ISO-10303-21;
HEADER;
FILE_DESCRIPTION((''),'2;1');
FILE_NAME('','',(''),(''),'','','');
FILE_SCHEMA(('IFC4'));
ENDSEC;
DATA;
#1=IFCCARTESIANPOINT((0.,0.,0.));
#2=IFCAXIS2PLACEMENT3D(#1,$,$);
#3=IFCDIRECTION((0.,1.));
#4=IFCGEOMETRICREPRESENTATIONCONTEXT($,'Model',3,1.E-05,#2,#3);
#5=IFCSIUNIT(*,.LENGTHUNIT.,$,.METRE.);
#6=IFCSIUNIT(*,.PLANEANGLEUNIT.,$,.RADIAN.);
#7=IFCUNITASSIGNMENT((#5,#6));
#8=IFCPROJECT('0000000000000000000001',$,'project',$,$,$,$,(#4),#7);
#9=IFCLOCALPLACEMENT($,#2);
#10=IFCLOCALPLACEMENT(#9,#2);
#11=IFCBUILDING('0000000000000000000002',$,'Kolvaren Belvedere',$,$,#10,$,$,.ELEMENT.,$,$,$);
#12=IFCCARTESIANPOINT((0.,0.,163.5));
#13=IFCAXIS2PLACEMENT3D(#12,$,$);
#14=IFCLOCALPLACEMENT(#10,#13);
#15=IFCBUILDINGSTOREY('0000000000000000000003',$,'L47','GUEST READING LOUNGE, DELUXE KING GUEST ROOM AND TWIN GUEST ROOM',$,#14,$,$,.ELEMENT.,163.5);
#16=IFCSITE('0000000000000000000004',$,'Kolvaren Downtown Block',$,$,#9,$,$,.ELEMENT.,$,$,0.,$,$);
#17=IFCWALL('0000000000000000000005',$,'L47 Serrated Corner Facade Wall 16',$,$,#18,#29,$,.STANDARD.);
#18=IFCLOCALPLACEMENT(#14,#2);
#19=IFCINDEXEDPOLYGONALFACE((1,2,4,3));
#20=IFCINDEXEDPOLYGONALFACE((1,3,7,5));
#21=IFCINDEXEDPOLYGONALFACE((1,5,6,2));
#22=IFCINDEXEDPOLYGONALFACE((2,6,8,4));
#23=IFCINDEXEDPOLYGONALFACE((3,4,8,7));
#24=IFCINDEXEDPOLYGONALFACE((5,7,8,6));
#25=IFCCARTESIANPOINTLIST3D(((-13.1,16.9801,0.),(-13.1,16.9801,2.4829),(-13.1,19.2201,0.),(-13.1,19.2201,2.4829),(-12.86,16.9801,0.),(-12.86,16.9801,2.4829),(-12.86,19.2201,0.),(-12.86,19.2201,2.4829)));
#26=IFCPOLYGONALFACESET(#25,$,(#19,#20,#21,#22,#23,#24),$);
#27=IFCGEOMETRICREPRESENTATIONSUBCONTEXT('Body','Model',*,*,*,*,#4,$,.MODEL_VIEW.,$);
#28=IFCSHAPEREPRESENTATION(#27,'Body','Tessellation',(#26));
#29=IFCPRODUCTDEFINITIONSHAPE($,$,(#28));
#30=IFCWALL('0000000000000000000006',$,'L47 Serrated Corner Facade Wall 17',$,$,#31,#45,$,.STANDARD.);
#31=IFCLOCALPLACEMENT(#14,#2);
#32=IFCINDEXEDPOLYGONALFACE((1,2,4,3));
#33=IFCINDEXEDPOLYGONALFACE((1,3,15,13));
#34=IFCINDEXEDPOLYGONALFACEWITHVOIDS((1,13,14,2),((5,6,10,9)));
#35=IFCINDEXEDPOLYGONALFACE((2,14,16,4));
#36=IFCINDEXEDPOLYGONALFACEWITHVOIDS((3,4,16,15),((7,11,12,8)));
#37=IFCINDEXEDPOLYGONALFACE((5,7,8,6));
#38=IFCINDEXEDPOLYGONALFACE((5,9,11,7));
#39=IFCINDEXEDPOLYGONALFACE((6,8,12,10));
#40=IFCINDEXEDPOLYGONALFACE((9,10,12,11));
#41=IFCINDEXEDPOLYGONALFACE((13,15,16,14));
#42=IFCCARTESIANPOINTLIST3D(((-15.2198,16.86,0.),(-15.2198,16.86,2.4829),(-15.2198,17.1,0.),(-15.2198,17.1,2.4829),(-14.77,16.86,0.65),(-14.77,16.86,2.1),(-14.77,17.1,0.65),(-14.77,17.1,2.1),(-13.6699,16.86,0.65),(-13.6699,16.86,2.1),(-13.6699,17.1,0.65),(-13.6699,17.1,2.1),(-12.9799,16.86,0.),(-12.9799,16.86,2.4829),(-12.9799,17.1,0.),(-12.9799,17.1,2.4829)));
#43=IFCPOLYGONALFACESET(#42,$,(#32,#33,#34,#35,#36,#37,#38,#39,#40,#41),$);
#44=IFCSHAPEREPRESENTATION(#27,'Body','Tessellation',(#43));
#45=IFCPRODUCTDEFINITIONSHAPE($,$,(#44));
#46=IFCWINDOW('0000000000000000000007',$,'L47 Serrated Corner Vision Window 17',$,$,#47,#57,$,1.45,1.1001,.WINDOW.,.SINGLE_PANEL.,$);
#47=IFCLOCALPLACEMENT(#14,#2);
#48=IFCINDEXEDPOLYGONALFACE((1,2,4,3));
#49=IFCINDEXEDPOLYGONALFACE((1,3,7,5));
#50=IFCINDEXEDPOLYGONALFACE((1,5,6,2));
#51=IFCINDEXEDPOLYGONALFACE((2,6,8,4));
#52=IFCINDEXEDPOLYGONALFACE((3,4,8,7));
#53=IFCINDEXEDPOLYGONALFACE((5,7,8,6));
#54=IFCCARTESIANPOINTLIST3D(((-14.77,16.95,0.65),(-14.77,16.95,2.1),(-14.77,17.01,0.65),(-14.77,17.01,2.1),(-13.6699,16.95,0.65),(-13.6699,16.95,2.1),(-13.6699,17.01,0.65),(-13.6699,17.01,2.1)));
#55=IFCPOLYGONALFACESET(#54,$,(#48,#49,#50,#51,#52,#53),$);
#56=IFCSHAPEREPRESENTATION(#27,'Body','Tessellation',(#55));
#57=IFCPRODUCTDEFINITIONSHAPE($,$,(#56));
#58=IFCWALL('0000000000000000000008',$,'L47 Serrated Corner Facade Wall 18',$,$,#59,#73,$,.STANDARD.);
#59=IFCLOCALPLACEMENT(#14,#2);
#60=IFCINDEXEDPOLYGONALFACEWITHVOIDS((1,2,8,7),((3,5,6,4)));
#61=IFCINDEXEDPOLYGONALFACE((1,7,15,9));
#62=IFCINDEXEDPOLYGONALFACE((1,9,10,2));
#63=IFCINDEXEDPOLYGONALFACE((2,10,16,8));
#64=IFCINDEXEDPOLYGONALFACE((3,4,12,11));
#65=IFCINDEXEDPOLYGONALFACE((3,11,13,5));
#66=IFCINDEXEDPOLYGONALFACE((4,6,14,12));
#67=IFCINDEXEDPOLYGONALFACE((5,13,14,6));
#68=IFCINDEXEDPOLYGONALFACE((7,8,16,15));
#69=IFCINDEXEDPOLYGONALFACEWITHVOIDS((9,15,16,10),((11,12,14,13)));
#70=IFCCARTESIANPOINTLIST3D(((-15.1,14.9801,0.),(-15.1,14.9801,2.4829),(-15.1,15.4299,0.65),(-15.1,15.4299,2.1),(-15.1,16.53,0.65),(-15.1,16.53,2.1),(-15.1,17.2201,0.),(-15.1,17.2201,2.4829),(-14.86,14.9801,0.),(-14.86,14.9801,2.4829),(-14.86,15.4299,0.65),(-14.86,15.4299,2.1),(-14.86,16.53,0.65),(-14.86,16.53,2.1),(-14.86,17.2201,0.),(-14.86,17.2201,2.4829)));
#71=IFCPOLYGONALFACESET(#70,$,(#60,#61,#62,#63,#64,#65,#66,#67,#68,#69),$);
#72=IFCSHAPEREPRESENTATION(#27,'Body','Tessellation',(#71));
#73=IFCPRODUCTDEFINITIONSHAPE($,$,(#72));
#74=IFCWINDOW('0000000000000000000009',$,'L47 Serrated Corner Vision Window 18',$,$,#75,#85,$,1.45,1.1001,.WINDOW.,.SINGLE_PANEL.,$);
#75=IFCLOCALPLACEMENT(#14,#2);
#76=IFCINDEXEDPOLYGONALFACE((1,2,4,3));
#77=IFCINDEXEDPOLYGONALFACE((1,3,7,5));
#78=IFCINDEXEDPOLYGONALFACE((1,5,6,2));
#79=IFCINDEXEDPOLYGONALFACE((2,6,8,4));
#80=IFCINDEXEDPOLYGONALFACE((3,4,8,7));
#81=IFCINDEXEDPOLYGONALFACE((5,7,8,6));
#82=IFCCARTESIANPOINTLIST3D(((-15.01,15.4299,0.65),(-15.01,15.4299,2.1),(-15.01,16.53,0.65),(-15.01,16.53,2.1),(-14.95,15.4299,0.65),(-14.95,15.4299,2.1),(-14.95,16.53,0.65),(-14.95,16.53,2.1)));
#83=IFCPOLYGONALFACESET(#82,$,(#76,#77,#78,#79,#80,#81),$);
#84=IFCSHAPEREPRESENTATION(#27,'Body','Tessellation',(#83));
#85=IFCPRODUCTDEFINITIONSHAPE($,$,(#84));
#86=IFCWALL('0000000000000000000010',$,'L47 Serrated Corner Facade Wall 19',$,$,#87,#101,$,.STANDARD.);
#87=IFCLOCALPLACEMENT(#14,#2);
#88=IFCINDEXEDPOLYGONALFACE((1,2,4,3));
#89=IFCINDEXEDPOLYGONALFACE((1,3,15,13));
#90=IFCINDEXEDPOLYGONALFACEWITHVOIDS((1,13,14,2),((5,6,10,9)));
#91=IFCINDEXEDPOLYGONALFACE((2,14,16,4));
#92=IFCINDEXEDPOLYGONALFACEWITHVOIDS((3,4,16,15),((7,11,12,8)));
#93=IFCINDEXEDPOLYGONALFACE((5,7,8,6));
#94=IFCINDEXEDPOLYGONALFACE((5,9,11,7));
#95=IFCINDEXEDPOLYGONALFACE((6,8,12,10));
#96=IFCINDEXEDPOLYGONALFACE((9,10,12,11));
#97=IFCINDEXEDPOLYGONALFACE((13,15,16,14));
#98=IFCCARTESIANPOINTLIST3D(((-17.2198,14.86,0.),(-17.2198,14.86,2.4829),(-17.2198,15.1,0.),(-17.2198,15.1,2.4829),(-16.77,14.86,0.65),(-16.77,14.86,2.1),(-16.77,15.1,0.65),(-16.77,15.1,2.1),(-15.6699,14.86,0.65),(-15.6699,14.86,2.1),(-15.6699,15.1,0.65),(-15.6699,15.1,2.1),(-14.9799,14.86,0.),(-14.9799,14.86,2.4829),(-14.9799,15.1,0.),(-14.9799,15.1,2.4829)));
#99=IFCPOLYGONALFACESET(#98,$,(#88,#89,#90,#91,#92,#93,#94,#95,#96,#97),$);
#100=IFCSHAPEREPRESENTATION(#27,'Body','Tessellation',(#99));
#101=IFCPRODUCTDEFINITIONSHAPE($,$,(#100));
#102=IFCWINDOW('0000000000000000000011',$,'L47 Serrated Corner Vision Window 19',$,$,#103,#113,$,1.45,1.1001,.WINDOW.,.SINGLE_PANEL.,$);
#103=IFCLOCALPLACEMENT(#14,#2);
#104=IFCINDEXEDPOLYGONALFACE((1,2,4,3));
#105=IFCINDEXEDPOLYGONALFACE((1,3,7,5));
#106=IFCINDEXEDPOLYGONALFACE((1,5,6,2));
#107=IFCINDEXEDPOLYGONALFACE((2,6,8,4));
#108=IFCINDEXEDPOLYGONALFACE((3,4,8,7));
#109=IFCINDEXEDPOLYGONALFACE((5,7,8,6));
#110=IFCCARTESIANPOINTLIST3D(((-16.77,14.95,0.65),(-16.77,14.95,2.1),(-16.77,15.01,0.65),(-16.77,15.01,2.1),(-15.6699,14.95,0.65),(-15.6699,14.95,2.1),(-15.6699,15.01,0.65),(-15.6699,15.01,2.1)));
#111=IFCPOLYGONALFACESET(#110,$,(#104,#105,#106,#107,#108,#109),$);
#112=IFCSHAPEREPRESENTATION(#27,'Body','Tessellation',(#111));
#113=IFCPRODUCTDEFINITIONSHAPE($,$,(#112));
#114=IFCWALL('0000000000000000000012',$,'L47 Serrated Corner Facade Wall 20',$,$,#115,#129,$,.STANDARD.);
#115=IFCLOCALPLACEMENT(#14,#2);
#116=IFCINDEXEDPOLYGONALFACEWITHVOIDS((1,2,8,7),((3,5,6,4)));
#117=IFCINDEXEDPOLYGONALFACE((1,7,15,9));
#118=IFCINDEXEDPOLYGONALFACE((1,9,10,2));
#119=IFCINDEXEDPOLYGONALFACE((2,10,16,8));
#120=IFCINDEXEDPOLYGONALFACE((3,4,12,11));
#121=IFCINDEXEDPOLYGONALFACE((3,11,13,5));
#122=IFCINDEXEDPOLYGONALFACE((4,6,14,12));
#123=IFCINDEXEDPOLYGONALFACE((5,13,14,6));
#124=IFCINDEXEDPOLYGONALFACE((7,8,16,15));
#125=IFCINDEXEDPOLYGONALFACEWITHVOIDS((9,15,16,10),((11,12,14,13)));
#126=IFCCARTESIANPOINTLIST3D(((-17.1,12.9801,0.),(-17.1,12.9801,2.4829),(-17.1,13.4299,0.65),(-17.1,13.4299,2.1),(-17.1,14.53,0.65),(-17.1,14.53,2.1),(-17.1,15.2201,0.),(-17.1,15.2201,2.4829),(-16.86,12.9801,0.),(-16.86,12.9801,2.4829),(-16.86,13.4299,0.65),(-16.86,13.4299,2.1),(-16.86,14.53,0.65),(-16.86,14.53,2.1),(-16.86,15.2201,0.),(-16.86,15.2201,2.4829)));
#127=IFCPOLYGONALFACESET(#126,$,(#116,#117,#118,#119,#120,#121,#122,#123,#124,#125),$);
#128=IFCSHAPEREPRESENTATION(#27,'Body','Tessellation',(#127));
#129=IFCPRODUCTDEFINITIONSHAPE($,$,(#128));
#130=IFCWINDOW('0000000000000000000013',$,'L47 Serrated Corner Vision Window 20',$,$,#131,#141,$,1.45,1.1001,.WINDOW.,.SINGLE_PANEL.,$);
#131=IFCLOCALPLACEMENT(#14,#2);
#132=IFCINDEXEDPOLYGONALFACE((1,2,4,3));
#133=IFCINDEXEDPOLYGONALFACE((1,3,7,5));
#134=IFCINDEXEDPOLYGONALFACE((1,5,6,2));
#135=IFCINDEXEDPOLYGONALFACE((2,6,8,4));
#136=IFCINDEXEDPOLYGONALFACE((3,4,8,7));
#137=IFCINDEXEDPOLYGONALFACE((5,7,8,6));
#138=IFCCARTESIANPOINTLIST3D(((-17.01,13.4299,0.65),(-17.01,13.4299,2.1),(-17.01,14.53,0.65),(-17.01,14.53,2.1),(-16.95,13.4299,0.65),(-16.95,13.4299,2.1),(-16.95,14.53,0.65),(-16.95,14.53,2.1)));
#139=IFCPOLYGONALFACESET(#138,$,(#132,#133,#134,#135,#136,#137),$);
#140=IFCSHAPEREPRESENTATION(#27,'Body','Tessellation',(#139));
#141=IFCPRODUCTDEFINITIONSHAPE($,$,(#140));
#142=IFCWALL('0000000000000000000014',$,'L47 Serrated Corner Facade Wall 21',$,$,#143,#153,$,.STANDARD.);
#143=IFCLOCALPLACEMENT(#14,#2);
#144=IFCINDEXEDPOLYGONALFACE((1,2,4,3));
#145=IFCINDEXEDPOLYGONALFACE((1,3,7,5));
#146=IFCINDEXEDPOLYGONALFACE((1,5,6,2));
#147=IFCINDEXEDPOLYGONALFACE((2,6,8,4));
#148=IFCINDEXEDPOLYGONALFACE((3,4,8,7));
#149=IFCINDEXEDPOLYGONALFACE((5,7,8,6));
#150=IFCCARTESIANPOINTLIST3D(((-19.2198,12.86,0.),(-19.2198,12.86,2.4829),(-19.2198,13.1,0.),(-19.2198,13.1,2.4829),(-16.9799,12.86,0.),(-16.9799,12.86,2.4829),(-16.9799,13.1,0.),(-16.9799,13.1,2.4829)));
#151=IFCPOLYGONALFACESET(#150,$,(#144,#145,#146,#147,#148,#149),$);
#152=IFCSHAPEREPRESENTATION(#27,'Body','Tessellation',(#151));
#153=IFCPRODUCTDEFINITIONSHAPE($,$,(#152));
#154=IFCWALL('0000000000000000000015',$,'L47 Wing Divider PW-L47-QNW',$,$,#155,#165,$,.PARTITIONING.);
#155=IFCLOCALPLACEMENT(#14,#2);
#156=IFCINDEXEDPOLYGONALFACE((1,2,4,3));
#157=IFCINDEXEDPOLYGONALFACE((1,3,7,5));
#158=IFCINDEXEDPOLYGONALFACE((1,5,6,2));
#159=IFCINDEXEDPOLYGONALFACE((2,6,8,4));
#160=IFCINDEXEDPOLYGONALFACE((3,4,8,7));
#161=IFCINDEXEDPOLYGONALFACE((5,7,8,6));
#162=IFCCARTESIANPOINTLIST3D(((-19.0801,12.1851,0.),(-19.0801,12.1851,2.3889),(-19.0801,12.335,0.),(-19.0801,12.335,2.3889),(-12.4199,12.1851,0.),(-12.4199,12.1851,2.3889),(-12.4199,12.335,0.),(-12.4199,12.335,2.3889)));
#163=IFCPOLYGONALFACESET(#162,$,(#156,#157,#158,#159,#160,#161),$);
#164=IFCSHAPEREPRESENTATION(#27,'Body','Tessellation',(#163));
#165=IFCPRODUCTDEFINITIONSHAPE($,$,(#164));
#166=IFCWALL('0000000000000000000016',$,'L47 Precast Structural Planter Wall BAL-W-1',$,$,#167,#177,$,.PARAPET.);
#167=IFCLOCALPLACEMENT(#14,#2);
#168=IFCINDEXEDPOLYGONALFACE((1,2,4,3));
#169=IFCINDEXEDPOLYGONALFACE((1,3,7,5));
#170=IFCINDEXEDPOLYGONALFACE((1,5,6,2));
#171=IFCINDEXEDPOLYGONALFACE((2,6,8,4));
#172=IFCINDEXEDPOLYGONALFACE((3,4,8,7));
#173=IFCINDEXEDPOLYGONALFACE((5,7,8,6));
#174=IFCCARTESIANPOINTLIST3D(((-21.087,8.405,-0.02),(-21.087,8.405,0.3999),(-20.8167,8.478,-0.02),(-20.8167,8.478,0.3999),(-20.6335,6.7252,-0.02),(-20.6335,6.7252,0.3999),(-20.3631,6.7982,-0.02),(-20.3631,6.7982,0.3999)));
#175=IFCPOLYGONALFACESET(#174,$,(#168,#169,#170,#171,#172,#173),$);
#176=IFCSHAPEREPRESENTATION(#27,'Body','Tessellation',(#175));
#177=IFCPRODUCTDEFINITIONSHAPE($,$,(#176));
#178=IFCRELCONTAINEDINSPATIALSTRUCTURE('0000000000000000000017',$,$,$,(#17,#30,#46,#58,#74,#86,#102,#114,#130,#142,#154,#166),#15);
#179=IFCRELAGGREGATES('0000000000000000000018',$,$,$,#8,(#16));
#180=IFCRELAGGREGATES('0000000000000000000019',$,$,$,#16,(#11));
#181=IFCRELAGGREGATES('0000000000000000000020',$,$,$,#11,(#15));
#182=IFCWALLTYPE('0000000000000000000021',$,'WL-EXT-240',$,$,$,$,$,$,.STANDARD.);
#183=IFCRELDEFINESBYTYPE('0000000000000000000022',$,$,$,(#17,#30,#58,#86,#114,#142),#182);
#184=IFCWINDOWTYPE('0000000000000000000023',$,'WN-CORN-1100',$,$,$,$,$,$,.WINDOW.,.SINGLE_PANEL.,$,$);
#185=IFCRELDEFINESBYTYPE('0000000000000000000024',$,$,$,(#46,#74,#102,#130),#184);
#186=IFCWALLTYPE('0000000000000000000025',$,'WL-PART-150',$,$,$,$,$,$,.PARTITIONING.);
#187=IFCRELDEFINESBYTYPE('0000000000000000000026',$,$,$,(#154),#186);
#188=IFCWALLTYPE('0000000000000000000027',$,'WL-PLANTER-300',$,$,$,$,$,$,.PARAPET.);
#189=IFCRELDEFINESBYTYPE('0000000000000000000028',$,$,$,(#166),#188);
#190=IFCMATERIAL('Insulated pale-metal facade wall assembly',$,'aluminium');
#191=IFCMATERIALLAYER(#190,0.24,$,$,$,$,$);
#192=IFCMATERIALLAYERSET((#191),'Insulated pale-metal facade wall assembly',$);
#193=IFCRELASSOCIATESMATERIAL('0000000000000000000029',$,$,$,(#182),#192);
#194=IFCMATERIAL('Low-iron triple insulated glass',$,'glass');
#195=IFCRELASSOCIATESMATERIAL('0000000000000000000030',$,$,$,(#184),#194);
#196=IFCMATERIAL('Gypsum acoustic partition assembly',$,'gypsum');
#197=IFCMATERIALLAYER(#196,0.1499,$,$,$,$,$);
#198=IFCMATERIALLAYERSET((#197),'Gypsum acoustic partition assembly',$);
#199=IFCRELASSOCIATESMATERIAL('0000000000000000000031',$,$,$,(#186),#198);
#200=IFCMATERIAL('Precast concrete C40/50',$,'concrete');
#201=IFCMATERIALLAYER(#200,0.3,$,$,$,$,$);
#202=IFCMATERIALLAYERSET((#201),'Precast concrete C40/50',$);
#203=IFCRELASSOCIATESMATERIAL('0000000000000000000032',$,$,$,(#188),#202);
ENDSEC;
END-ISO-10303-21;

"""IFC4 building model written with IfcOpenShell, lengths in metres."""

from ifc_helpers import new_model, si_unit, direction, frame, frame_2d, origin, place, context, subcontext, project, spatial, rectangle, extrude, material, layer, layer_set, type_object, element, fill, save


model = new_model("IFC4")

# Units and contexts
model_context = context("Model", 3, precision=1e-05, world=origin(), true_north=direction((0.0, 1.0)))
body_context = subcontext(model_context, "Body", "Model", "MODEL_VIEW")
ifc_project = project(units=[si_unit("LENGTHUNIT", "METRE"), si_unit("PLANEANGLEUNIT", "RADIAN")], contexts=[model_context])

# Site, building, storey
site_placement = place(None, origin())
site = spatial("IfcSite", under=ifc_project, at=site_placement, Name="Kolvaren Downtown Block", CompositionType="ELEMENT", RefElevation=0.0)
building_placement = place(site_placement, origin())
building = spatial("IfcBuilding", under=site, at=building_placement, Name="Kolvaren Belvedere", CompositionType="ELEMENT")
storey_placement = place(building_placement, frame((0.0, 0.0, 163.5)))
storey = spatial("IfcBuildingStorey", under=building, at=storey_placement, Name="L47", Description="GUEST READING LOUNGE, DELUXE KING GUEST ROOM AND TWIN GUEST ROOM", CompositionType="ELEMENT", Elevation=163.5)

# Wall
ifc_material_1 = material(Name="Insulated pale-metal facade wall assembly", Category="aluminium")
ifc_layer_1 = layer(ifc_material_1, 0.24)
ifc_layer_set_1 = layer_set([ifc_layer_1], Name="Insulated pale-metal facade wall assembly")
wall_type_1 = type_object("IfcWallType", Name="WL-EXT-240", PredefinedType="STANDARD", material=ifc_layer_set_1)
wall_1_placement = place(storey_placement, frame((-12.98, 16.98, 0.0), z_axis=(0.0, 0.0, 1.0), x_axis=(0.0, 1.0, 0.0)))
element("IfcWall", 1, at=wall_1_placement, inside=storey, type_object=wall_type_1, Name="L47 Serrated Corner Facade Wall 16", PredefinedType="STANDARD", context=body_context, shape_type="SweptSolid", body=[
    extrude(rectangle(XDim=2.24, YDim=0.24, at=frame_2d((1.1201, 0.0))), origin(), (0.0, 0.0, 1.0), 2.4829),
])

# Walls, openings, windows
wall_2_placement = place(storey_placement, frame((-15.22, 16.98, 0.0), z_axis=(0.0, 0.0, 1.0), x_axis=(1.0, 0.0, 0.0)))
wall_2 = element("IfcWall", 2, at=wall_2_placement, inside=storey, type_object=wall_type_1, Name="L47 Serrated Corner Facade Wall 17", PredefinedType="STANDARD", context=body_context, shape_type="SweptSolid", body=[
    extrude(rectangle(XDim=2.24, YDim=0.24, at=frame_2d((1.1201, 0.0))), origin(), (0.0, 0.0, 1.0), 2.4829),
])
opening_1_placement = place(wall_2_placement, frame((0.45, 0.0, 0.6499)))
opening_1 = element("IfcOpeningElement", 3, at=opening_1_placement, cuts=wall_2, PredefinedType="OPENING", context=body_context, shape_type="SweptSolid", body=[
    extrude(rectangle(XDim=1.1001, YDim=1.45, at=frame_2d((0.55, 0.7251))), frame((0.0, 0.1299, 0.0), z_axis=(0.0, -1.0, 0.0), x_axis=(1.0, 0.0, 0.0)), (0.0, 0.0, 1.0), 0.26),
])
ifc_material_2 = material(Name="Low-iron triple insulated glass", Category="glass")
window_type = type_object("IfcWindowType", Name="WN-CORN-1100", PartitioningType="SINGLE_PANEL", PredefinedType="WINDOW", material=ifc_material_2)
window_1_placement = place(opening_1_placement, origin())
window_1 = element("IfcWindow", 4, at=window_1_placement, inside=storey, type_object=window_type, Name="L47 Serrated Corner Vision Window 17", OverallHeight=1.45, OverallWidth=1.1001, PartitioningType="SINGLE_PANEL", PredefinedType="WINDOW", context=body_context, shape_type="SweptSolid", body=[
    extrude(rectangle(XDim=1.1001, YDim=1.45, at=frame_2d((0.55, 0.7251))), frame((0.0, 0.03, 0.0), z_axis=(0.0, -1.0, 0.0), x_axis=(1.0, 0.0, 0.0)), (0.0, 0.0, 1.0), 0.0601),
])
fill(opening_1, window_1)
wall_3_placement = place(storey_placement, frame((-14.98, 14.98, 0.0), z_axis=(0.0, 0.0, 1.0), x_axis=(0.0, 1.0, 0.0)))
wall_3 = element("IfcWall", 5, at=wall_3_placement, inside=storey, type_object=wall_type_1, Name="L47 Serrated Corner Facade Wall 18", PredefinedType="STANDARD", context=body_context, shape_type="SweptSolid", body=[
    extrude(rectangle(XDim=2.24, YDim=0.24, at=frame_2d((1.1201, 0.0))), origin(), (0.0, 0.0, 1.0), 2.4829),
])
opening_2_placement = place(wall_3_placement, frame((0.45, 0.0, 0.6499)))
opening_2 = element("IfcOpeningElement", 6, at=opening_2_placement, cuts=wall_3, PredefinedType="OPENING", context=body_context, shape_type="SweptSolid", body=[
    extrude(rectangle(XDim=1.1001, YDim=1.45, at=frame_2d((0.55, 0.7251))), frame((0.0, 0.1299, 0.0), z_axis=(0.0, -1.0, 0.0), x_axis=(1.0, 0.0, 0.0)), (0.0, 0.0, 1.0), 0.26),
])
window_2_placement = place(opening_2_placement, origin())
window_2 = element("IfcWindow", 7, at=window_2_placement, inside=storey, type_object=window_type, Name="L47 Serrated Corner Vision Window 18", OverallHeight=1.45, OverallWidth=1.1001, PartitioningType="SINGLE_PANEL", PredefinedType="WINDOW", context=body_context, shape_type="SweptSolid", body=[
    extrude(rectangle(XDim=1.1001, YDim=1.45, at=frame_2d((0.55, 0.7251))), frame((0.0, 0.03, 0.0), z_axis=(0.0, -1.0, 0.0), x_axis=(1.0, 0.0, 0.0)), (0.0, 0.0, 1.0), 0.0601),
])
fill(opening_2, window_2)
wall_4_placement = place(storey_placement, frame((-17.22, 14.98, 0.0), z_axis=(0.0, 0.0, 1.0), x_axis=(1.0, 0.0, 0.0)))
wall_4 = element("IfcWall", 8, at=wall_4_placement, inside=storey, type_object=wall_type_1, Name="L47 Serrated Corner Facade Wall 19", PredefinedType="STANDARD", context=body_context, shape_type="SweptSolid", body=[
    extrude(rectangle(XDim=2.24, YDim=0.24, at=frame_2d((1.1201, 0.0))), origin(), (0.0, 0.0, 1.0), 2.4829),
])
opening_3_placement = place(wall_4_placement, frame((0.45, 0.0, 0.6499)))
opening_3 = element("IfcOpeningElement", 9, at=opening_3_placement, cuts=wall_4, PredefinedType="OPENING", context=body_context, shape_type="SweptSolid", body=[
    extrude(rectangle(XDim=1.1001, YDim=1.45, at=frame_2d((0.55, 0.7251))), frame((0.0, 0.1299, 0.0), z_axis=(0.0, -1.0, 0.0), x_axis=(1.0, 0.0, 0.0)), (0.0, 0.0, 1.0), 0.26),
])
window_3_placement = place(opening_3_placement, origin())
window_3 = element("IfcWindow", 10, at=window_3_placement, inside=storey, type_object=window_type, Name="L47 Serrated Corner Vision Window 19", OverallHeight=1.45, OverallWidth=1.1001, PartitioningType="SINGLE_PANEL", PredefinedType="WINDOW", context=body_context, shape_type="SweptSolid", body=[
    extrude(rectangle(XDim=1.1001, YDim=1.45, at=frame_2d((0.55, 0.7251))), frame((0.0, 0.03, 0.0), z_axis=(0.0, -1.0, 0.0), x_axis=(1.0, 0.0, 0.0)), (0.0, 0.0, 1.0), 0.0601),
])
fill(opening_3, window_3)
wall_5_placement = place(storey_placement, frame((-16.98, 12.98, 0.0), z_axis=(0.0, 0.0, 1.0), x_axis=(0.0, 1.0, 0.0)))
wall_5 = element("IfcWall", 11, at=wall_5_placement, inside=storey, type_object=wall_type_1, Name="L47 Serrated Corner Facade Wall 20", PredefinedType="STANDARD", context=body_context, shape_type="SweptSolid", body=[
    extrude(rectangle(XDim=2.24, YDim=0.24, at=frame_2d((1.1201, 0.0))), origin(), (0.0, 0.0, 1.0), 2.4829),
])
opening_4_placement = place(wall_5_placement, frame((0.45, 0.0, 0.6499)))
opening_4 = element("IfcOpeningElement", 12, at=opening_4_placement, cuts=wall_5, PredefinedType="OPENING", context=body_context, shape_type="SweptSolid", body=[
    extrude(rectangle(XDim=1.1001, YDim=1.45, at=frame_2d((0.55, 0.7251))), frame((0.0, 0.1299, 0.0), z_axis=(0.0, -1.0, 0.0), x_axis=(1.0, 0.0, 0.0)), (0.0, 0.0, 1.0), 0.26),
])
window_4_placement = place(opening_4_placement, origin())
window_4 = element("IfcWindow", 13, at=window_4_placement, inside=storey, type_object=window_type, Name="L47 Serrated Corner Vision Window 20", OverallHeight=1.45, OverallWidth=1.1001, PartitioningType="SINGLE_PANEL", PredefinedType="WINDOW", context=body_context, shape_type="SweptSolid", body=[
    extrude(rectangle(XDim=1.1001, YDim=1.45, at=frame_2d((0.55, 0.7251))), frame((0.0, 0.03, 0.0), z_axis=(0.0, -1.0, 0.0), x_axis=(1.0, 0.0, 0.0)), (0.0, 0.0, 1.0), 0.0601),
])
fill(opening_4, window_4)

# Walls
wall_6_placement = place(storey_placement, frame((-19.22, 12.98, 0.0), z_axis=(0.0, 0.0, 1.0), x_axis=(1.0, 0.0, 0.0)))
element("IfcWall", 14, at=wall_6_placement, inside=storey, type_object=wall_type_1, Name="L47 Serrated Corner Facade Wall 21", PredefinedType="STANDARD", context=body_context, shape_type="SweptSolid", body=[
    extrude(rectangle(XDim=2.24, YDim=0.24, at=frame_2d((1.1201, 0.0))), origin(), (0.0, 0.0, 1.0), 2.4829),
])
ifc_material_3 = material(Name="Gypsum acoustic partition assembly", Category="gypsum")
ifc_layer_2 = layer(ifc_material_3, 0.1499)
ifc_layer_set_2 = layer_set([ifc_layer_2], Name="Gypsum acoustic partition assembly")
wall_type_2 = type_object("IfcWallType", Name="WL-PART-150", PredefinedType="PARTITIONING", material=ifc_layer_set_2)
wall_7_placement = place(storey_placement, frame((-19.0801, 12.26, 0.0), z_axis=(0.0, 0.0, 1.0), x_axis=(1.0, 0.0, 0.0)))
element("IfcWall", 15, at=wall_7_placement, inside=storey, type_object=wall_type_2, Name="L47 Wing Divider PW-L47-QNW", PredefinedType="PARTITIONING", context=body_context, shape_type="SweptSolid", body=[
    extrude(rectangle(XDim=6.6602, YDim=0.1499, at=frame_2d((3.3301, 0.0))), origin(), (0.0, 0.0, 1.0), 2.3889),
])
ifc_material_4 = material(Name="Precast concrete C40/50", Category="concrete")
ifc_layer_3 = layer(ifc_material_4, 0.3)
ifc_layer_set_3 = layer_set([ifc_layer_3], Name="Precast concrete C40/50")
wall_type_3 = type_object("IfcWallType", Name="WL-PLANTER-300", PredefinedType="PARAPET", material=ifc_layer_set_3)
wall_8_placement = place(storey_placement, frame((-20.9519, 8.4417, -0.02), z_axis=(0.0, 0.0, 1.0), x_axis=(0.260683, -0.965424, 0.0)))
element("IfcWall", 16, at=wall_8_placement, inside=storey, type_object=wall_type_3, Name="L47 Precast Structural Planter Wall BAL-W-1", PredefinedType="PARAPET", context=body_context, shape_type="SweptSolid", body=[
    extrude(rectangle(XDim=1.74, YDim=0.28, at=frame_2d((0.8701, 0.0))), origin(), (0.0, 0.0, 1.0), 0.4199),
])

save(model, "model.ifc")
